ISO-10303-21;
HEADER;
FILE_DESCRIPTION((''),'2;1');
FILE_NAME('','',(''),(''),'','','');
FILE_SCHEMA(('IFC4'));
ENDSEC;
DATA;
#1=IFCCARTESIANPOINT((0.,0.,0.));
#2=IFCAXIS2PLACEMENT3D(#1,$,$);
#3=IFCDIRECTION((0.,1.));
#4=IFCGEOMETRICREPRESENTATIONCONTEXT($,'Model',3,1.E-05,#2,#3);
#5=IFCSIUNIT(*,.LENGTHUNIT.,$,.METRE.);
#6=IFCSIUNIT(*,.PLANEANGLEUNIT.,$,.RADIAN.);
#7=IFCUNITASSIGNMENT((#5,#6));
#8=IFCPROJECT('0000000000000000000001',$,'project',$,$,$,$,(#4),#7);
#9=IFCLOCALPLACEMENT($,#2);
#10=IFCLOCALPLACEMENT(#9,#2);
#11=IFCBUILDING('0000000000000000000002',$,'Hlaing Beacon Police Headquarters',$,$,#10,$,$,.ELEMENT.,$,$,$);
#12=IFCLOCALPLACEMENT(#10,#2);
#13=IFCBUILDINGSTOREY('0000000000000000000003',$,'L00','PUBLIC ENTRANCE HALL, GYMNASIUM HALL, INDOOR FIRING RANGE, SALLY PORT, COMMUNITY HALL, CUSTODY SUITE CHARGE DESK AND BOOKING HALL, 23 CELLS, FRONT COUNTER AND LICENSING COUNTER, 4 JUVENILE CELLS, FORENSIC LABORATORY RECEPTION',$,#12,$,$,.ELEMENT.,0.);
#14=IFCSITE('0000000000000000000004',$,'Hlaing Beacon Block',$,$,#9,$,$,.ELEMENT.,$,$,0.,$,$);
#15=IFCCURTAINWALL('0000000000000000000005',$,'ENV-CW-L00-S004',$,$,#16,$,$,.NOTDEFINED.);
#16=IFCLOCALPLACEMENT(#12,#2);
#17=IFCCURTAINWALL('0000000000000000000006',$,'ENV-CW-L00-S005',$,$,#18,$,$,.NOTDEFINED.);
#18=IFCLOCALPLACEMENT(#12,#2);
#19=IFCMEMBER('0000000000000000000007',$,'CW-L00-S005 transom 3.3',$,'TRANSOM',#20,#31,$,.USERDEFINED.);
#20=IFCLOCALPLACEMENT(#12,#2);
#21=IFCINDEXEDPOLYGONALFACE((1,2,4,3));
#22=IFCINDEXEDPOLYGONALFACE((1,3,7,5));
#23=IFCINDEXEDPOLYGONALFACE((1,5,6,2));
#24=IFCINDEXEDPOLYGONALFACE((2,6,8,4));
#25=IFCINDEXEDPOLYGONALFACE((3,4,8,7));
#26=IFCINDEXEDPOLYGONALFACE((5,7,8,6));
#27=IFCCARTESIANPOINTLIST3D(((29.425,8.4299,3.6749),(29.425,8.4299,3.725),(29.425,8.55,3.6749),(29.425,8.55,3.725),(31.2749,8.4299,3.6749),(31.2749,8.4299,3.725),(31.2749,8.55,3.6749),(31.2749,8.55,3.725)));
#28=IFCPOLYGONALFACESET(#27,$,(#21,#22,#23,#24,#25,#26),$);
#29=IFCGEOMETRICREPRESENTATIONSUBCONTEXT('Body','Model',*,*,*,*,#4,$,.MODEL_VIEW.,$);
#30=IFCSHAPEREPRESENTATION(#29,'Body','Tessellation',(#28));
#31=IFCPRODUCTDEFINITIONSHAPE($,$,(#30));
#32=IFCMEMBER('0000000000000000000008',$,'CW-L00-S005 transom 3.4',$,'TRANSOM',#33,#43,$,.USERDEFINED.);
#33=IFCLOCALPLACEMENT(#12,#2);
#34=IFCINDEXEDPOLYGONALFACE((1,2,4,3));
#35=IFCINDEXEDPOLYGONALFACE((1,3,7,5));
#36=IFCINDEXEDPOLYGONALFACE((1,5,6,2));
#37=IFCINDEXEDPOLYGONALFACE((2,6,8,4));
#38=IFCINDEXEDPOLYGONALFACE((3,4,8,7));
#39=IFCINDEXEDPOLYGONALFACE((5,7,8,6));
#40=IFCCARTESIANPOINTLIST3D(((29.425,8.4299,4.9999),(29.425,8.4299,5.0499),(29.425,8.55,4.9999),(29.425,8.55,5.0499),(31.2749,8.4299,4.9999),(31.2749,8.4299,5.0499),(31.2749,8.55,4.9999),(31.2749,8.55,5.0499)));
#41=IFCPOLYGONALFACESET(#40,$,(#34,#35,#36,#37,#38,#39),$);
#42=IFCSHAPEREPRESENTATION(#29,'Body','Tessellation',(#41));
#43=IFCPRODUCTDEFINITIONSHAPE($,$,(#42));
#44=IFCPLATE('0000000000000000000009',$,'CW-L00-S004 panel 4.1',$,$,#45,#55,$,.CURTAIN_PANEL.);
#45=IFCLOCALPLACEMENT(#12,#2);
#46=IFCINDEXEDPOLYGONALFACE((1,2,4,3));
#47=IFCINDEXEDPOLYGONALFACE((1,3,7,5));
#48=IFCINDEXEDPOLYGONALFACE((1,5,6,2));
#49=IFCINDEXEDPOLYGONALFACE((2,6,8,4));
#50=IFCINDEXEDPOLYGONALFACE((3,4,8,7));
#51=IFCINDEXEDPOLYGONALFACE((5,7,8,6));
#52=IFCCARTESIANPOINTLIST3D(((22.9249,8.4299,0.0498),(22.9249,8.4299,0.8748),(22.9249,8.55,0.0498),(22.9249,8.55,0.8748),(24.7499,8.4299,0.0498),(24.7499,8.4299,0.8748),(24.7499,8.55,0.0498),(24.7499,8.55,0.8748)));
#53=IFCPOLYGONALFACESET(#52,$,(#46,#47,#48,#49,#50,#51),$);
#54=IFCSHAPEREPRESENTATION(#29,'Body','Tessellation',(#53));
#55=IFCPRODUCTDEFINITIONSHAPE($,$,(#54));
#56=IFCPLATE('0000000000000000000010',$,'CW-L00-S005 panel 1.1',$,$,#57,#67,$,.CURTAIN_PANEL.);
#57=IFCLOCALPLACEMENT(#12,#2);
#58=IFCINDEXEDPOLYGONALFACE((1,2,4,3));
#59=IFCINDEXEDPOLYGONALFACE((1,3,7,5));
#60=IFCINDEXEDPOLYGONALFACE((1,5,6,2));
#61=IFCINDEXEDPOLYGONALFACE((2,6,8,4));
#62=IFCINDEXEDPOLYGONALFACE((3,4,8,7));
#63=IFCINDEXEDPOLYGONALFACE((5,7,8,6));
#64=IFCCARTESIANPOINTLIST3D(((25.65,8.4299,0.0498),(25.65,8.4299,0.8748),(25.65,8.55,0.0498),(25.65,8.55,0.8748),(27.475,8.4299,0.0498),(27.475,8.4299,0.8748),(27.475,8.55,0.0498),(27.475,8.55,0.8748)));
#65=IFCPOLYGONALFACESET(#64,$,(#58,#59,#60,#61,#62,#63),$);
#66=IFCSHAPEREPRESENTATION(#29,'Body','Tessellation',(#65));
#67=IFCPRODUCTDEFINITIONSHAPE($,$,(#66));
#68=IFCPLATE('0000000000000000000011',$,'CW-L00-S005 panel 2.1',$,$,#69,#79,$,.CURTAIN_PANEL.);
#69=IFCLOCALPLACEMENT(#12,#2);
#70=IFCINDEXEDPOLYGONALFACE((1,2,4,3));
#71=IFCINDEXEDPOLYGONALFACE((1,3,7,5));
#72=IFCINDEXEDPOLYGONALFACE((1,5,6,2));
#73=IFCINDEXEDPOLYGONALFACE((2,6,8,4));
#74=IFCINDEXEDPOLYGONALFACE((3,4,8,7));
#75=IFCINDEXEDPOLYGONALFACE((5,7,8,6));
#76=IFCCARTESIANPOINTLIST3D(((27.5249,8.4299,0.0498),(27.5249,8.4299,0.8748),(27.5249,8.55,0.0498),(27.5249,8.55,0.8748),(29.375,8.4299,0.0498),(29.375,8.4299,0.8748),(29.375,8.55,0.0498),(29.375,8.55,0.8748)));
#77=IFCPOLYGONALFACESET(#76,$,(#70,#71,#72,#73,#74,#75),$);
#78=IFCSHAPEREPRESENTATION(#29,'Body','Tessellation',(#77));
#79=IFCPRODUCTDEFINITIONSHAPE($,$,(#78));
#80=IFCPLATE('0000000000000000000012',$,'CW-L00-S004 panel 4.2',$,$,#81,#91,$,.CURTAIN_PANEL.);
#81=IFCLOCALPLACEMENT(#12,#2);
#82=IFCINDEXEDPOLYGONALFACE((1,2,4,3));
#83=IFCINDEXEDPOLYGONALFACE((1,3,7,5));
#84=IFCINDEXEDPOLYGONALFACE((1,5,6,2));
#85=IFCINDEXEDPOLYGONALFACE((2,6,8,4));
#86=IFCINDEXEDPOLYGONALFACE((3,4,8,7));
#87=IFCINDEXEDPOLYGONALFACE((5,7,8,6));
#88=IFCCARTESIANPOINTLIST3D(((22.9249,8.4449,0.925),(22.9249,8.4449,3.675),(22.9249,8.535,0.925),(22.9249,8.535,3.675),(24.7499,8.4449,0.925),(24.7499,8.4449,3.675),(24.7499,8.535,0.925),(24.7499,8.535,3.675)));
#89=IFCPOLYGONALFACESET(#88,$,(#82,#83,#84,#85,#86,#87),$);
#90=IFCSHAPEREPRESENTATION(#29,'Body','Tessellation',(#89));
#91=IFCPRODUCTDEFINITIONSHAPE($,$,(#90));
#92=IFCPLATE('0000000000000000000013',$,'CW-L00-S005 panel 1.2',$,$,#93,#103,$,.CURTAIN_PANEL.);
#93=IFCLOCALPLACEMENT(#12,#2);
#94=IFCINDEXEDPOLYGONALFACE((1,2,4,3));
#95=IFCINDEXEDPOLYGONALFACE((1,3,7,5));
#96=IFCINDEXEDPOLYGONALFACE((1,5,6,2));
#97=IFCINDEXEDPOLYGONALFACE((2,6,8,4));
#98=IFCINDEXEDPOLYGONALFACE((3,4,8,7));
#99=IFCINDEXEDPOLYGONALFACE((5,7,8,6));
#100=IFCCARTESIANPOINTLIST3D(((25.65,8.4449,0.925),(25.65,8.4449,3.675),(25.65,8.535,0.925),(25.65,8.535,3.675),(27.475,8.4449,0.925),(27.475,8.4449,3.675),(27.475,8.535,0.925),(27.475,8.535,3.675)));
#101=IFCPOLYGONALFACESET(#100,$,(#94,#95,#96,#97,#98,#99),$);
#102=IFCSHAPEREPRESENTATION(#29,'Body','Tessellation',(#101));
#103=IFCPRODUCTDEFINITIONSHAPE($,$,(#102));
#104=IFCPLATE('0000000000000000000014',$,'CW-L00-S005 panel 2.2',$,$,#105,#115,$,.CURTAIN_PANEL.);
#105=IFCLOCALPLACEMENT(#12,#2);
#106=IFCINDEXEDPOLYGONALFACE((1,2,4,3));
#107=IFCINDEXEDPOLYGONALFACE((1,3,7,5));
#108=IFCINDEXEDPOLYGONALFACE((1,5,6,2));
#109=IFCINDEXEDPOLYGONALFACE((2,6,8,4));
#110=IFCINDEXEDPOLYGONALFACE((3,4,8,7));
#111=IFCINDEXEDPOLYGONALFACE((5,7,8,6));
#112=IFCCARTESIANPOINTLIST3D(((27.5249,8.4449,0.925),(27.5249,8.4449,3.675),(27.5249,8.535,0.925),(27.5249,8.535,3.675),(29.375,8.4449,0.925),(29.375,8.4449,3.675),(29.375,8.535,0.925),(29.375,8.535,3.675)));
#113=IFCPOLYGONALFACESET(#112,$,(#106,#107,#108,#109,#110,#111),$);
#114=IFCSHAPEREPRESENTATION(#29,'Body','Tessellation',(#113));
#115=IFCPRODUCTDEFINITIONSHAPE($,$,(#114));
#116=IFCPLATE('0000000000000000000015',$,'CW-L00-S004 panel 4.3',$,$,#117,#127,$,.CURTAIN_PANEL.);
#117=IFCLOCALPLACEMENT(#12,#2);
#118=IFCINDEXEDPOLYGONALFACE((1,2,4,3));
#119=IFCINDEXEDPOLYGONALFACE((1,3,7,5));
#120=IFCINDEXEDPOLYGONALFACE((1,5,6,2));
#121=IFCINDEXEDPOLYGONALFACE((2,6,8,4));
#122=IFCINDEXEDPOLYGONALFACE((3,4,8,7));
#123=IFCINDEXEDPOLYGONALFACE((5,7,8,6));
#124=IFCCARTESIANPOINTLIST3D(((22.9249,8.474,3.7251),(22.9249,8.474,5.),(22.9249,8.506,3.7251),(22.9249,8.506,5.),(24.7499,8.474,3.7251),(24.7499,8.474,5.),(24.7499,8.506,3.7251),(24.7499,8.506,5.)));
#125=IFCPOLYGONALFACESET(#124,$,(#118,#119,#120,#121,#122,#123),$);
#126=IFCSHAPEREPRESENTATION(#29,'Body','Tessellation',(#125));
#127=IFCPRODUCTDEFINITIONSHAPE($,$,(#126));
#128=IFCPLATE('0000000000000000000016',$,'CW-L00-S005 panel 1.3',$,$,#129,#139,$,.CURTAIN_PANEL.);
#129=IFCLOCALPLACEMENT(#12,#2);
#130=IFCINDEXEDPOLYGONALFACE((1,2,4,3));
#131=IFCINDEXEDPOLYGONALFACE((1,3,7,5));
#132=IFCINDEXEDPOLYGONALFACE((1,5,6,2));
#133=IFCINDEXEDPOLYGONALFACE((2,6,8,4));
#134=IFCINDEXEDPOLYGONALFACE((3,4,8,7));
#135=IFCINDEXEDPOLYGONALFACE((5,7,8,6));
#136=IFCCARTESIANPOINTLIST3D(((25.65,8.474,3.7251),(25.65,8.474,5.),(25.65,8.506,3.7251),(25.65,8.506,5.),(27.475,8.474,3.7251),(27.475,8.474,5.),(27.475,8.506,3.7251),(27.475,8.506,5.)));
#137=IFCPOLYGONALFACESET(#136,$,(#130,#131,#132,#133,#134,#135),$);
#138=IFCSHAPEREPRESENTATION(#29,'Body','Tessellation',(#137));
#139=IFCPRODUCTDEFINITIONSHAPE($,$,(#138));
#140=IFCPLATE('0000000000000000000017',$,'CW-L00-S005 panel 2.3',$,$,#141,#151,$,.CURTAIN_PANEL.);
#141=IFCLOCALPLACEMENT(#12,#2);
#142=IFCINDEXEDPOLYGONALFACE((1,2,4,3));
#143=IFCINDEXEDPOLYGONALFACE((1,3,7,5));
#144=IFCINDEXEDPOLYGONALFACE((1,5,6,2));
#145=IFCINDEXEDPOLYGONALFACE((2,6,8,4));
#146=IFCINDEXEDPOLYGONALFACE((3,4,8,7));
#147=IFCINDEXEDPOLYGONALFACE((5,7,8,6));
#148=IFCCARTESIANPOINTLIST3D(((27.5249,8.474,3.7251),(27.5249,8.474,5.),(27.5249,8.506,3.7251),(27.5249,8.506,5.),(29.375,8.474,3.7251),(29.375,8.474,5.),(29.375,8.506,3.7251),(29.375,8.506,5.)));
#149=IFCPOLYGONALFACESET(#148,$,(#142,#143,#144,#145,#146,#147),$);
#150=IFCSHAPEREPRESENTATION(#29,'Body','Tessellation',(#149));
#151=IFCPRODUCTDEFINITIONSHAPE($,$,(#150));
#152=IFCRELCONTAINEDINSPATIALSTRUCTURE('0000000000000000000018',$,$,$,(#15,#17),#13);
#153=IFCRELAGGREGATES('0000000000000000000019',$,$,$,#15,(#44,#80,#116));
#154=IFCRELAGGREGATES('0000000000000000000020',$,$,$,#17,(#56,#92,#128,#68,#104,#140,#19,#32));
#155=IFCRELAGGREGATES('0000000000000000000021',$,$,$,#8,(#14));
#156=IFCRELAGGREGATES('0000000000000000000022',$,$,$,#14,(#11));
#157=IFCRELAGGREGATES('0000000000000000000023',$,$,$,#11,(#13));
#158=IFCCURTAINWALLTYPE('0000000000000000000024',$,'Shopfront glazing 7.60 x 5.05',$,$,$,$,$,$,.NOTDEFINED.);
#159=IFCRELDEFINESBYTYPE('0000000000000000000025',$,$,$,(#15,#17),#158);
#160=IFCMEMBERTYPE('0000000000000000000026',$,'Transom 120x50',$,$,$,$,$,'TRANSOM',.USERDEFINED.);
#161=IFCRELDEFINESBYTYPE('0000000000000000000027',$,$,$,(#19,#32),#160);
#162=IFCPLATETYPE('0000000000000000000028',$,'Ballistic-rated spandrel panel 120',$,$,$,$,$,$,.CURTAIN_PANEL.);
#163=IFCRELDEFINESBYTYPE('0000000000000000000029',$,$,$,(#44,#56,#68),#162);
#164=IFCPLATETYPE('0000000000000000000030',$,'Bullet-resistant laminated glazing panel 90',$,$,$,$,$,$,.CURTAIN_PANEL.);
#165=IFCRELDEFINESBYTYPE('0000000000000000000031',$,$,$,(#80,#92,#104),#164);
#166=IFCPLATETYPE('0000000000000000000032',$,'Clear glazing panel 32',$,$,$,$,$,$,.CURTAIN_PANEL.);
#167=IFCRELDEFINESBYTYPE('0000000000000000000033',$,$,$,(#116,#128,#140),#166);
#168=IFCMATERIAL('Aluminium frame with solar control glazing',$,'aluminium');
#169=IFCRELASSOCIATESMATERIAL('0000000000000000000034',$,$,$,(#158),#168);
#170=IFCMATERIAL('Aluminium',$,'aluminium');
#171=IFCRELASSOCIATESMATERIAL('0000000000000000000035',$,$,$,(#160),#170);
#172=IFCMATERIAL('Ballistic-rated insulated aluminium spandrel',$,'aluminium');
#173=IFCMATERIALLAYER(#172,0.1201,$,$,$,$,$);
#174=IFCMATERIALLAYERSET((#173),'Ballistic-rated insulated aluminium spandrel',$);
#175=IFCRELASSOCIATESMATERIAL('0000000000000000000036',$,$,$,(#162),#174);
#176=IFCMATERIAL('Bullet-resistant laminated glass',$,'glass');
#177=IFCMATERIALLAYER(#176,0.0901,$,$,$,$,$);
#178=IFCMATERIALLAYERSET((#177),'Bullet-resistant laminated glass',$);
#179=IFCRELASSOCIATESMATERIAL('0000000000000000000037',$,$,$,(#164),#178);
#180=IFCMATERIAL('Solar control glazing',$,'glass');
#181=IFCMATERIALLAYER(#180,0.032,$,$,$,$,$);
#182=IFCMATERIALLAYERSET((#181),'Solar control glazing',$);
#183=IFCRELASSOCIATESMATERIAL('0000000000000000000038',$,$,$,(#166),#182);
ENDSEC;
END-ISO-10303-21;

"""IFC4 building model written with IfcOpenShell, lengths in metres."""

from ifc_helpers import new_model, si_unit, direction, frame, origin, origin_2d, place, context, subcontext, project, spatial, rectangle, extrude, material, layer, layer_set, material_profile, profile_set, type_object, element, aggregate, save


model = new_model("IFC4")

# Units and contexts
model_context = context("Model", 3, precision=1e-05, world=origin(), true_north=direction((0.0, 1.0)))
body_context = subcontext(model_context, "Body", "Model", "MODEL_VIEW")
ifc_project = project(units=[si_unit("LENGTHUNIT", "METRE"), si_unit("PLANEANGLEUNIT", "RADIAN")], contexts=[model_context])

# Site, building, storey
site_placement = place(None, origin())
site = spatial("IfcSite", under=ifc_project, at=site_placement, Name="Hlaing Beacon Block", CompositionType="ELEMENT", RefElevation=0.0)
building_placement = place(site_placement, origin())
building = spatial("IfcBuilding", under=site, at=building_placement, Name="Hlaing Beacon Police Headquarters", CompositionType="ELEMENT")
storey_placement = place(building_placement, origin())
storey = spatial("IfcBuildingStorey", under=building, at=storey_placement, Name="L00", Description="PUBLIC ENTRANCE HALL, GYMNASIUM HALL, INDOOR FIRING RANGE, SALLY PORT, COMMUNITY HALL, CUSTODY SUITE CHARGE DESK AND BOOKING HALL, 23 CELLS, FRONT COUNTER AND LICENSING COUNTER, 4 JUVENILE CELLS, FORENSIC LABORATORY RECEPTION", CompositionType="ELEMENT", Elevation=0.0)

# Curtain wall
ifc_material_1 = material(Name="Aluminium frame with solar control glazing", Category="aluminium")
curtain_wall_type = type_object("IfcCurtainWallType", Name="Shopfront glazing 7.60 x 5.05", PredefinedType="NOTDEFINED", material=ifc_material_1)
curtain_wall_1_placement = place(storey_placement, origin())
curtain_wall_1 = element("IfcCurtainWall", 1, at=curtain_wall_1_placement, inside=storey, type_object=curtain_wall_type, Name="ENV-CW-L00-S004", PredefinedType="NOTDEFINED")

# Curtain wall
curtain_wall_2_placement = place(storey_placement, origin())
curtain_wall_2 = element("IfcCurtainWall", 2, at=curtain_wall_2_placement, inside=storey, type_object=curtain_wall_type, Name="ENV-CW-L00-S005", PredefinedType="NOTDEFINED")

# Members
ifc_material_2 = material(Name="Aluminium", Category="aluminium")
ifc_material_profile_1 = material_profile(ifc_material_2, rectangle(XDim=0.1201, YDim=0.05, at=origin_2d()), Name="Transom 120x50")
ifc_profile_set_1 = profile_set([ifc_material_profile_1], Name="Aluminium")
member_type_1 = type_object("IfcMemberType", Name="Transom 120x50", ElementType="TRANSOM", PredefinedType="USERDEFINED", material=ifc_profile_set_1)
member_1_placement = place(storey_placement, frame((29.425, 8.49, 3.7), z_axis=(1.0, 0.0, 0.0), x_axis=(0.0, 1.0, 0.0)))
member_1 = element("IfcMember", 3, at=member_1_placement, type_object=member_type_1, Name="CW-L00-S005 transom 3.3", ObjectType="TRANSOM", PredefinedType="USERDEFINED", context=body_context, shape_type="SweptSolid", body=[
    extrude(rectangle(XDim=0.1201, YDim=0.05, at=origin_2d()), origin(), (0.0, 0.0, 1.0), 1.8499),
])
member_2_placement = place(storey_placement, frame((29.425, 8.49, 5.0249), z_axis=(1.0, 0.0, 0.0), x_axis=(0.0, 1.0, 0.0)))
member_2 = element("IfcMember", 4, at=member_2_placement, type_object=member_type_1, Name="CW-L00-S005 transom 3.4", ObjectType="TRANSOM", PredefinedType="USERDEFINED", context=body_context, shape_type="SweptSolid", body=[
    extrude(rectangle(XDim=0.1201, YDim=0.05, at=origin_2d()), origin(), (0.0, 0.0, 1.0), 1.8499),
])

# Plates
ifc_material_3 = material(Name="Ballistic-rated insulated aluminium spandrel", Category="aluminium")
ifc_layer_1 = layer(ifc_material_3, 0.1201)
ifc_layer_set_1 = layer_set([ifc_layer_1], Name="Ballistic-rated insulated aluminium spandrel")
plate_type_1 = type_object("IfcPlateType", Name="Ballistic-rated spandrel panel 120", PredefinedType="CURTAIN_PANEL", material=ifc_layer_set_1)
plate_1_placement = place(storey_placement, frame((23.8374, 8.49, 0.0498), z_axis=(0.0, 0.0, 1.0), x_axis=(1.0, 0.0, 0.0)))
plate_1 = element("IfcPlate", 5, at=plate_1_placement, type_object=plate_type_1, Name="CW-L00-S004 panel 4.1", PredefinedType="CURTAIN_PANEL", context=body_context, shape_type="SweptSolid", body=[
    extrude(rectangle(XDim=1.825, YDim=0.1201, at=origin_2d()), origin(), (0.0, 0.0, 1.0), 0.825),
])
plate_2_placement = place(storey_placement, frame((26.5625, 8.49, 0.0498), z_axis=(0.0, 0.0, 1.0), x_axis=(1.0, 0.0, 0.0)))
plate_2 = element("IfcPlate", 6, at=plate_2_placement, type_object=plate_type_1, Name="CW-L00-S005 panel 1.1", PredefinedType="CURTAIN_PANEL", context=body_context, shape_type="SweptSolid", body=[
    extrude(rectangle(XDim=1.825, YDim=0.1201, at=origin_2d()), origin(), (0.0, 0.0, 1.0), 0.825),
])
plate_3_placement = place(storey_placement, frame((28.45, 8.49, 0.0498), z_axis=(0.0, 0.0, 1.0), x_axis=(1.0, 0.0, 0.0)))
plate_3 = element("IfcPlate", 7, at=plate_3_placement, type_object=plate_type_1, Name="CW-L00-S005 panel 2.1", PredefinedType="CURTAIN_PANEL", context=body_context, shape_type="SweptSolid", body=[
    extrude(rectangle(XDim=1.8501, YDim=0.1201, at=origin_2d()), origin(), (0.0, 0.0, 1.0), 0.825),
])
ifc_material_4 = material(Name="Bullet-resistant laminated glass", Category="glass")
ifc_layer_2 = layer(ifc_material_4, 0.0901)
ifc_layer_set_2 = layer_set([ifc_layer_2], Name="Bullet-resistant laminated glass")
plate_type_2 = type_object("IfcPlateType", Name="Bullet-resistant laminated glazing panel 90", PredefinedType="CURTAIN_PANEL", material=ifc_layer_set_2)
plate_4_placement = place(storey_placement, frame((23.8374, 8.49, 0.925), z_axis=(0.0, 0.0, 1.0), x_axis=(1.0, 0.0, 0.0)))
plate_4 = element("IfcPlate", 8, at=plate_4_placement, type_object=plate_type_2, Name="CW-L00-S004 panel 4.2", PredefinedType="CURTAIN_PANEL", context=body_context, shape_type="SweptSolid", body=[
    extrude(rectangle(XDim=1.825, YDim=0.0901, at=origin_2d()), origin(), (0.0, 0.0, 1.0), 2.75),
])
plate_5_placement = place(storey_placement, frame((26.5625, 8.49, 0.925), z_axis=(0.0, 0.0, 1.0), x_axis=(1.0, 0.0, 0.0)))
plate_5 = element("IfcPlate", 9, at=plate_5_placement, type_object=plate_type_2, Name="CW-L00-S005 panel 1.2", PredefinedType="CURTAIN_PANEL", context=body_context, shape_type="SweptSolid", body=[
    extrude(rectangle(XDim=1.825, YDim=0.0901, at=origin_2d()), origin(), (0.0, 0.0, 1.0), 2.75),
])
plate_6_placement = place(storey_placement, frame((28.45, 8.49, 0.925), z_axis=(0.0, 0.0, 1.0), x_axis=(1.0, 0.0, 0.0)))
plate_6 = element("IfcPlate", 10, at=plate_6_placement, type_object=plate_type_2, Name="CW-L00-S005 panel 2.2", PredefinedType="CURTAIN_PANEL", context=body_context, shape_type="SweptSolid", body=[
    extrude(rectangle(XDim=1.8501, YDim=0.0901, at=origin_2d()), origin(), (0.0, 0.0, 1.0), 2.75),
])
ifc_material_5 = material(Name="Solar control glazing", Category="glass")
ifc_layer_3 = layer(ifc_material_5, 0.032)
ifc_layer_set_3 = layer_set([ifc_layer_3], Name="Solar control glazing")
plate_type_3 = type_object("IfcPlateType", Name="Clear glazing panel 32", PredefinedType="CURTAIN_PANEL", material=ifc_layer_set_3)
plate_7_placement = place(storey_placement, frame((23.8374, 8.49, 3.7251), z_axis=(0.0, 0.0, 1.0), x_axis=(1.0, 0.0, 0.0)))
plate_7 = element("IfcPlate", 11, at=plate_7_placement, type_object=plate_type_3, Name="CW-L00-S004 panel 4.3", PredefinedType="CURTAIN_PANEL", context=body_context, shape_type="SweptSolid", body=[
    extrude(rectangle(XDim=1.825, YDim=0.032, at=origin_2d()), origin(), (0.0, 0.0, 1.0), 1.2749),
])
aggregate(curtain_wall_1, [plate_1, plate_4, plate_7])
plate_8_placement = place(storey_placement, frame((26.5625, 8.49, 3.7251), z_axis=(0.0, 0.0, 1.0), x_axis=(1.0, 0.0, 0.0)))
plate_8 = element("IfcPlate", 12, at=plate_8_placement, type_object=plate_type_3, Name="CW-L00-S005 panel 1.3", PredefinedType="CURTAIN_PANEL", context=body_context, shape_type="SweptSolid", body=[
    extrude(rectangle(XDim=1.825, YDim=0.032, at=origin_2d()), origin(), (0.0, 0.0, 1.0), 1.2749),
])
plate_9_placement = place(storey_placement, frame((28.45, 8.49, 3.7251), z_axis=(0.0, 0.0, 1.0), x_axis=(1.0, 0.0, 0.0)))
plate_9 = element("IfcPlate", 13, at=plate_9_placement, type_object=plate_type_3, Name="CW-L00-S005 panel 2.3", PredefinedType="CURTAIN_PANEL", context=body_context, shape_type="SweptSolid", body=[
    extrude(rectangle(XDim=1.8501, YDim=0.032, at=origin_2d()), origin(), (0.0, 0.0, 1.0), 1.2749),
])
aggregate(curtain_wall_2, [plate_2, plate_5, plate_8, plate_3, plate_6, plate_9, member_1, member_2])

save(model, "model.ifc")
